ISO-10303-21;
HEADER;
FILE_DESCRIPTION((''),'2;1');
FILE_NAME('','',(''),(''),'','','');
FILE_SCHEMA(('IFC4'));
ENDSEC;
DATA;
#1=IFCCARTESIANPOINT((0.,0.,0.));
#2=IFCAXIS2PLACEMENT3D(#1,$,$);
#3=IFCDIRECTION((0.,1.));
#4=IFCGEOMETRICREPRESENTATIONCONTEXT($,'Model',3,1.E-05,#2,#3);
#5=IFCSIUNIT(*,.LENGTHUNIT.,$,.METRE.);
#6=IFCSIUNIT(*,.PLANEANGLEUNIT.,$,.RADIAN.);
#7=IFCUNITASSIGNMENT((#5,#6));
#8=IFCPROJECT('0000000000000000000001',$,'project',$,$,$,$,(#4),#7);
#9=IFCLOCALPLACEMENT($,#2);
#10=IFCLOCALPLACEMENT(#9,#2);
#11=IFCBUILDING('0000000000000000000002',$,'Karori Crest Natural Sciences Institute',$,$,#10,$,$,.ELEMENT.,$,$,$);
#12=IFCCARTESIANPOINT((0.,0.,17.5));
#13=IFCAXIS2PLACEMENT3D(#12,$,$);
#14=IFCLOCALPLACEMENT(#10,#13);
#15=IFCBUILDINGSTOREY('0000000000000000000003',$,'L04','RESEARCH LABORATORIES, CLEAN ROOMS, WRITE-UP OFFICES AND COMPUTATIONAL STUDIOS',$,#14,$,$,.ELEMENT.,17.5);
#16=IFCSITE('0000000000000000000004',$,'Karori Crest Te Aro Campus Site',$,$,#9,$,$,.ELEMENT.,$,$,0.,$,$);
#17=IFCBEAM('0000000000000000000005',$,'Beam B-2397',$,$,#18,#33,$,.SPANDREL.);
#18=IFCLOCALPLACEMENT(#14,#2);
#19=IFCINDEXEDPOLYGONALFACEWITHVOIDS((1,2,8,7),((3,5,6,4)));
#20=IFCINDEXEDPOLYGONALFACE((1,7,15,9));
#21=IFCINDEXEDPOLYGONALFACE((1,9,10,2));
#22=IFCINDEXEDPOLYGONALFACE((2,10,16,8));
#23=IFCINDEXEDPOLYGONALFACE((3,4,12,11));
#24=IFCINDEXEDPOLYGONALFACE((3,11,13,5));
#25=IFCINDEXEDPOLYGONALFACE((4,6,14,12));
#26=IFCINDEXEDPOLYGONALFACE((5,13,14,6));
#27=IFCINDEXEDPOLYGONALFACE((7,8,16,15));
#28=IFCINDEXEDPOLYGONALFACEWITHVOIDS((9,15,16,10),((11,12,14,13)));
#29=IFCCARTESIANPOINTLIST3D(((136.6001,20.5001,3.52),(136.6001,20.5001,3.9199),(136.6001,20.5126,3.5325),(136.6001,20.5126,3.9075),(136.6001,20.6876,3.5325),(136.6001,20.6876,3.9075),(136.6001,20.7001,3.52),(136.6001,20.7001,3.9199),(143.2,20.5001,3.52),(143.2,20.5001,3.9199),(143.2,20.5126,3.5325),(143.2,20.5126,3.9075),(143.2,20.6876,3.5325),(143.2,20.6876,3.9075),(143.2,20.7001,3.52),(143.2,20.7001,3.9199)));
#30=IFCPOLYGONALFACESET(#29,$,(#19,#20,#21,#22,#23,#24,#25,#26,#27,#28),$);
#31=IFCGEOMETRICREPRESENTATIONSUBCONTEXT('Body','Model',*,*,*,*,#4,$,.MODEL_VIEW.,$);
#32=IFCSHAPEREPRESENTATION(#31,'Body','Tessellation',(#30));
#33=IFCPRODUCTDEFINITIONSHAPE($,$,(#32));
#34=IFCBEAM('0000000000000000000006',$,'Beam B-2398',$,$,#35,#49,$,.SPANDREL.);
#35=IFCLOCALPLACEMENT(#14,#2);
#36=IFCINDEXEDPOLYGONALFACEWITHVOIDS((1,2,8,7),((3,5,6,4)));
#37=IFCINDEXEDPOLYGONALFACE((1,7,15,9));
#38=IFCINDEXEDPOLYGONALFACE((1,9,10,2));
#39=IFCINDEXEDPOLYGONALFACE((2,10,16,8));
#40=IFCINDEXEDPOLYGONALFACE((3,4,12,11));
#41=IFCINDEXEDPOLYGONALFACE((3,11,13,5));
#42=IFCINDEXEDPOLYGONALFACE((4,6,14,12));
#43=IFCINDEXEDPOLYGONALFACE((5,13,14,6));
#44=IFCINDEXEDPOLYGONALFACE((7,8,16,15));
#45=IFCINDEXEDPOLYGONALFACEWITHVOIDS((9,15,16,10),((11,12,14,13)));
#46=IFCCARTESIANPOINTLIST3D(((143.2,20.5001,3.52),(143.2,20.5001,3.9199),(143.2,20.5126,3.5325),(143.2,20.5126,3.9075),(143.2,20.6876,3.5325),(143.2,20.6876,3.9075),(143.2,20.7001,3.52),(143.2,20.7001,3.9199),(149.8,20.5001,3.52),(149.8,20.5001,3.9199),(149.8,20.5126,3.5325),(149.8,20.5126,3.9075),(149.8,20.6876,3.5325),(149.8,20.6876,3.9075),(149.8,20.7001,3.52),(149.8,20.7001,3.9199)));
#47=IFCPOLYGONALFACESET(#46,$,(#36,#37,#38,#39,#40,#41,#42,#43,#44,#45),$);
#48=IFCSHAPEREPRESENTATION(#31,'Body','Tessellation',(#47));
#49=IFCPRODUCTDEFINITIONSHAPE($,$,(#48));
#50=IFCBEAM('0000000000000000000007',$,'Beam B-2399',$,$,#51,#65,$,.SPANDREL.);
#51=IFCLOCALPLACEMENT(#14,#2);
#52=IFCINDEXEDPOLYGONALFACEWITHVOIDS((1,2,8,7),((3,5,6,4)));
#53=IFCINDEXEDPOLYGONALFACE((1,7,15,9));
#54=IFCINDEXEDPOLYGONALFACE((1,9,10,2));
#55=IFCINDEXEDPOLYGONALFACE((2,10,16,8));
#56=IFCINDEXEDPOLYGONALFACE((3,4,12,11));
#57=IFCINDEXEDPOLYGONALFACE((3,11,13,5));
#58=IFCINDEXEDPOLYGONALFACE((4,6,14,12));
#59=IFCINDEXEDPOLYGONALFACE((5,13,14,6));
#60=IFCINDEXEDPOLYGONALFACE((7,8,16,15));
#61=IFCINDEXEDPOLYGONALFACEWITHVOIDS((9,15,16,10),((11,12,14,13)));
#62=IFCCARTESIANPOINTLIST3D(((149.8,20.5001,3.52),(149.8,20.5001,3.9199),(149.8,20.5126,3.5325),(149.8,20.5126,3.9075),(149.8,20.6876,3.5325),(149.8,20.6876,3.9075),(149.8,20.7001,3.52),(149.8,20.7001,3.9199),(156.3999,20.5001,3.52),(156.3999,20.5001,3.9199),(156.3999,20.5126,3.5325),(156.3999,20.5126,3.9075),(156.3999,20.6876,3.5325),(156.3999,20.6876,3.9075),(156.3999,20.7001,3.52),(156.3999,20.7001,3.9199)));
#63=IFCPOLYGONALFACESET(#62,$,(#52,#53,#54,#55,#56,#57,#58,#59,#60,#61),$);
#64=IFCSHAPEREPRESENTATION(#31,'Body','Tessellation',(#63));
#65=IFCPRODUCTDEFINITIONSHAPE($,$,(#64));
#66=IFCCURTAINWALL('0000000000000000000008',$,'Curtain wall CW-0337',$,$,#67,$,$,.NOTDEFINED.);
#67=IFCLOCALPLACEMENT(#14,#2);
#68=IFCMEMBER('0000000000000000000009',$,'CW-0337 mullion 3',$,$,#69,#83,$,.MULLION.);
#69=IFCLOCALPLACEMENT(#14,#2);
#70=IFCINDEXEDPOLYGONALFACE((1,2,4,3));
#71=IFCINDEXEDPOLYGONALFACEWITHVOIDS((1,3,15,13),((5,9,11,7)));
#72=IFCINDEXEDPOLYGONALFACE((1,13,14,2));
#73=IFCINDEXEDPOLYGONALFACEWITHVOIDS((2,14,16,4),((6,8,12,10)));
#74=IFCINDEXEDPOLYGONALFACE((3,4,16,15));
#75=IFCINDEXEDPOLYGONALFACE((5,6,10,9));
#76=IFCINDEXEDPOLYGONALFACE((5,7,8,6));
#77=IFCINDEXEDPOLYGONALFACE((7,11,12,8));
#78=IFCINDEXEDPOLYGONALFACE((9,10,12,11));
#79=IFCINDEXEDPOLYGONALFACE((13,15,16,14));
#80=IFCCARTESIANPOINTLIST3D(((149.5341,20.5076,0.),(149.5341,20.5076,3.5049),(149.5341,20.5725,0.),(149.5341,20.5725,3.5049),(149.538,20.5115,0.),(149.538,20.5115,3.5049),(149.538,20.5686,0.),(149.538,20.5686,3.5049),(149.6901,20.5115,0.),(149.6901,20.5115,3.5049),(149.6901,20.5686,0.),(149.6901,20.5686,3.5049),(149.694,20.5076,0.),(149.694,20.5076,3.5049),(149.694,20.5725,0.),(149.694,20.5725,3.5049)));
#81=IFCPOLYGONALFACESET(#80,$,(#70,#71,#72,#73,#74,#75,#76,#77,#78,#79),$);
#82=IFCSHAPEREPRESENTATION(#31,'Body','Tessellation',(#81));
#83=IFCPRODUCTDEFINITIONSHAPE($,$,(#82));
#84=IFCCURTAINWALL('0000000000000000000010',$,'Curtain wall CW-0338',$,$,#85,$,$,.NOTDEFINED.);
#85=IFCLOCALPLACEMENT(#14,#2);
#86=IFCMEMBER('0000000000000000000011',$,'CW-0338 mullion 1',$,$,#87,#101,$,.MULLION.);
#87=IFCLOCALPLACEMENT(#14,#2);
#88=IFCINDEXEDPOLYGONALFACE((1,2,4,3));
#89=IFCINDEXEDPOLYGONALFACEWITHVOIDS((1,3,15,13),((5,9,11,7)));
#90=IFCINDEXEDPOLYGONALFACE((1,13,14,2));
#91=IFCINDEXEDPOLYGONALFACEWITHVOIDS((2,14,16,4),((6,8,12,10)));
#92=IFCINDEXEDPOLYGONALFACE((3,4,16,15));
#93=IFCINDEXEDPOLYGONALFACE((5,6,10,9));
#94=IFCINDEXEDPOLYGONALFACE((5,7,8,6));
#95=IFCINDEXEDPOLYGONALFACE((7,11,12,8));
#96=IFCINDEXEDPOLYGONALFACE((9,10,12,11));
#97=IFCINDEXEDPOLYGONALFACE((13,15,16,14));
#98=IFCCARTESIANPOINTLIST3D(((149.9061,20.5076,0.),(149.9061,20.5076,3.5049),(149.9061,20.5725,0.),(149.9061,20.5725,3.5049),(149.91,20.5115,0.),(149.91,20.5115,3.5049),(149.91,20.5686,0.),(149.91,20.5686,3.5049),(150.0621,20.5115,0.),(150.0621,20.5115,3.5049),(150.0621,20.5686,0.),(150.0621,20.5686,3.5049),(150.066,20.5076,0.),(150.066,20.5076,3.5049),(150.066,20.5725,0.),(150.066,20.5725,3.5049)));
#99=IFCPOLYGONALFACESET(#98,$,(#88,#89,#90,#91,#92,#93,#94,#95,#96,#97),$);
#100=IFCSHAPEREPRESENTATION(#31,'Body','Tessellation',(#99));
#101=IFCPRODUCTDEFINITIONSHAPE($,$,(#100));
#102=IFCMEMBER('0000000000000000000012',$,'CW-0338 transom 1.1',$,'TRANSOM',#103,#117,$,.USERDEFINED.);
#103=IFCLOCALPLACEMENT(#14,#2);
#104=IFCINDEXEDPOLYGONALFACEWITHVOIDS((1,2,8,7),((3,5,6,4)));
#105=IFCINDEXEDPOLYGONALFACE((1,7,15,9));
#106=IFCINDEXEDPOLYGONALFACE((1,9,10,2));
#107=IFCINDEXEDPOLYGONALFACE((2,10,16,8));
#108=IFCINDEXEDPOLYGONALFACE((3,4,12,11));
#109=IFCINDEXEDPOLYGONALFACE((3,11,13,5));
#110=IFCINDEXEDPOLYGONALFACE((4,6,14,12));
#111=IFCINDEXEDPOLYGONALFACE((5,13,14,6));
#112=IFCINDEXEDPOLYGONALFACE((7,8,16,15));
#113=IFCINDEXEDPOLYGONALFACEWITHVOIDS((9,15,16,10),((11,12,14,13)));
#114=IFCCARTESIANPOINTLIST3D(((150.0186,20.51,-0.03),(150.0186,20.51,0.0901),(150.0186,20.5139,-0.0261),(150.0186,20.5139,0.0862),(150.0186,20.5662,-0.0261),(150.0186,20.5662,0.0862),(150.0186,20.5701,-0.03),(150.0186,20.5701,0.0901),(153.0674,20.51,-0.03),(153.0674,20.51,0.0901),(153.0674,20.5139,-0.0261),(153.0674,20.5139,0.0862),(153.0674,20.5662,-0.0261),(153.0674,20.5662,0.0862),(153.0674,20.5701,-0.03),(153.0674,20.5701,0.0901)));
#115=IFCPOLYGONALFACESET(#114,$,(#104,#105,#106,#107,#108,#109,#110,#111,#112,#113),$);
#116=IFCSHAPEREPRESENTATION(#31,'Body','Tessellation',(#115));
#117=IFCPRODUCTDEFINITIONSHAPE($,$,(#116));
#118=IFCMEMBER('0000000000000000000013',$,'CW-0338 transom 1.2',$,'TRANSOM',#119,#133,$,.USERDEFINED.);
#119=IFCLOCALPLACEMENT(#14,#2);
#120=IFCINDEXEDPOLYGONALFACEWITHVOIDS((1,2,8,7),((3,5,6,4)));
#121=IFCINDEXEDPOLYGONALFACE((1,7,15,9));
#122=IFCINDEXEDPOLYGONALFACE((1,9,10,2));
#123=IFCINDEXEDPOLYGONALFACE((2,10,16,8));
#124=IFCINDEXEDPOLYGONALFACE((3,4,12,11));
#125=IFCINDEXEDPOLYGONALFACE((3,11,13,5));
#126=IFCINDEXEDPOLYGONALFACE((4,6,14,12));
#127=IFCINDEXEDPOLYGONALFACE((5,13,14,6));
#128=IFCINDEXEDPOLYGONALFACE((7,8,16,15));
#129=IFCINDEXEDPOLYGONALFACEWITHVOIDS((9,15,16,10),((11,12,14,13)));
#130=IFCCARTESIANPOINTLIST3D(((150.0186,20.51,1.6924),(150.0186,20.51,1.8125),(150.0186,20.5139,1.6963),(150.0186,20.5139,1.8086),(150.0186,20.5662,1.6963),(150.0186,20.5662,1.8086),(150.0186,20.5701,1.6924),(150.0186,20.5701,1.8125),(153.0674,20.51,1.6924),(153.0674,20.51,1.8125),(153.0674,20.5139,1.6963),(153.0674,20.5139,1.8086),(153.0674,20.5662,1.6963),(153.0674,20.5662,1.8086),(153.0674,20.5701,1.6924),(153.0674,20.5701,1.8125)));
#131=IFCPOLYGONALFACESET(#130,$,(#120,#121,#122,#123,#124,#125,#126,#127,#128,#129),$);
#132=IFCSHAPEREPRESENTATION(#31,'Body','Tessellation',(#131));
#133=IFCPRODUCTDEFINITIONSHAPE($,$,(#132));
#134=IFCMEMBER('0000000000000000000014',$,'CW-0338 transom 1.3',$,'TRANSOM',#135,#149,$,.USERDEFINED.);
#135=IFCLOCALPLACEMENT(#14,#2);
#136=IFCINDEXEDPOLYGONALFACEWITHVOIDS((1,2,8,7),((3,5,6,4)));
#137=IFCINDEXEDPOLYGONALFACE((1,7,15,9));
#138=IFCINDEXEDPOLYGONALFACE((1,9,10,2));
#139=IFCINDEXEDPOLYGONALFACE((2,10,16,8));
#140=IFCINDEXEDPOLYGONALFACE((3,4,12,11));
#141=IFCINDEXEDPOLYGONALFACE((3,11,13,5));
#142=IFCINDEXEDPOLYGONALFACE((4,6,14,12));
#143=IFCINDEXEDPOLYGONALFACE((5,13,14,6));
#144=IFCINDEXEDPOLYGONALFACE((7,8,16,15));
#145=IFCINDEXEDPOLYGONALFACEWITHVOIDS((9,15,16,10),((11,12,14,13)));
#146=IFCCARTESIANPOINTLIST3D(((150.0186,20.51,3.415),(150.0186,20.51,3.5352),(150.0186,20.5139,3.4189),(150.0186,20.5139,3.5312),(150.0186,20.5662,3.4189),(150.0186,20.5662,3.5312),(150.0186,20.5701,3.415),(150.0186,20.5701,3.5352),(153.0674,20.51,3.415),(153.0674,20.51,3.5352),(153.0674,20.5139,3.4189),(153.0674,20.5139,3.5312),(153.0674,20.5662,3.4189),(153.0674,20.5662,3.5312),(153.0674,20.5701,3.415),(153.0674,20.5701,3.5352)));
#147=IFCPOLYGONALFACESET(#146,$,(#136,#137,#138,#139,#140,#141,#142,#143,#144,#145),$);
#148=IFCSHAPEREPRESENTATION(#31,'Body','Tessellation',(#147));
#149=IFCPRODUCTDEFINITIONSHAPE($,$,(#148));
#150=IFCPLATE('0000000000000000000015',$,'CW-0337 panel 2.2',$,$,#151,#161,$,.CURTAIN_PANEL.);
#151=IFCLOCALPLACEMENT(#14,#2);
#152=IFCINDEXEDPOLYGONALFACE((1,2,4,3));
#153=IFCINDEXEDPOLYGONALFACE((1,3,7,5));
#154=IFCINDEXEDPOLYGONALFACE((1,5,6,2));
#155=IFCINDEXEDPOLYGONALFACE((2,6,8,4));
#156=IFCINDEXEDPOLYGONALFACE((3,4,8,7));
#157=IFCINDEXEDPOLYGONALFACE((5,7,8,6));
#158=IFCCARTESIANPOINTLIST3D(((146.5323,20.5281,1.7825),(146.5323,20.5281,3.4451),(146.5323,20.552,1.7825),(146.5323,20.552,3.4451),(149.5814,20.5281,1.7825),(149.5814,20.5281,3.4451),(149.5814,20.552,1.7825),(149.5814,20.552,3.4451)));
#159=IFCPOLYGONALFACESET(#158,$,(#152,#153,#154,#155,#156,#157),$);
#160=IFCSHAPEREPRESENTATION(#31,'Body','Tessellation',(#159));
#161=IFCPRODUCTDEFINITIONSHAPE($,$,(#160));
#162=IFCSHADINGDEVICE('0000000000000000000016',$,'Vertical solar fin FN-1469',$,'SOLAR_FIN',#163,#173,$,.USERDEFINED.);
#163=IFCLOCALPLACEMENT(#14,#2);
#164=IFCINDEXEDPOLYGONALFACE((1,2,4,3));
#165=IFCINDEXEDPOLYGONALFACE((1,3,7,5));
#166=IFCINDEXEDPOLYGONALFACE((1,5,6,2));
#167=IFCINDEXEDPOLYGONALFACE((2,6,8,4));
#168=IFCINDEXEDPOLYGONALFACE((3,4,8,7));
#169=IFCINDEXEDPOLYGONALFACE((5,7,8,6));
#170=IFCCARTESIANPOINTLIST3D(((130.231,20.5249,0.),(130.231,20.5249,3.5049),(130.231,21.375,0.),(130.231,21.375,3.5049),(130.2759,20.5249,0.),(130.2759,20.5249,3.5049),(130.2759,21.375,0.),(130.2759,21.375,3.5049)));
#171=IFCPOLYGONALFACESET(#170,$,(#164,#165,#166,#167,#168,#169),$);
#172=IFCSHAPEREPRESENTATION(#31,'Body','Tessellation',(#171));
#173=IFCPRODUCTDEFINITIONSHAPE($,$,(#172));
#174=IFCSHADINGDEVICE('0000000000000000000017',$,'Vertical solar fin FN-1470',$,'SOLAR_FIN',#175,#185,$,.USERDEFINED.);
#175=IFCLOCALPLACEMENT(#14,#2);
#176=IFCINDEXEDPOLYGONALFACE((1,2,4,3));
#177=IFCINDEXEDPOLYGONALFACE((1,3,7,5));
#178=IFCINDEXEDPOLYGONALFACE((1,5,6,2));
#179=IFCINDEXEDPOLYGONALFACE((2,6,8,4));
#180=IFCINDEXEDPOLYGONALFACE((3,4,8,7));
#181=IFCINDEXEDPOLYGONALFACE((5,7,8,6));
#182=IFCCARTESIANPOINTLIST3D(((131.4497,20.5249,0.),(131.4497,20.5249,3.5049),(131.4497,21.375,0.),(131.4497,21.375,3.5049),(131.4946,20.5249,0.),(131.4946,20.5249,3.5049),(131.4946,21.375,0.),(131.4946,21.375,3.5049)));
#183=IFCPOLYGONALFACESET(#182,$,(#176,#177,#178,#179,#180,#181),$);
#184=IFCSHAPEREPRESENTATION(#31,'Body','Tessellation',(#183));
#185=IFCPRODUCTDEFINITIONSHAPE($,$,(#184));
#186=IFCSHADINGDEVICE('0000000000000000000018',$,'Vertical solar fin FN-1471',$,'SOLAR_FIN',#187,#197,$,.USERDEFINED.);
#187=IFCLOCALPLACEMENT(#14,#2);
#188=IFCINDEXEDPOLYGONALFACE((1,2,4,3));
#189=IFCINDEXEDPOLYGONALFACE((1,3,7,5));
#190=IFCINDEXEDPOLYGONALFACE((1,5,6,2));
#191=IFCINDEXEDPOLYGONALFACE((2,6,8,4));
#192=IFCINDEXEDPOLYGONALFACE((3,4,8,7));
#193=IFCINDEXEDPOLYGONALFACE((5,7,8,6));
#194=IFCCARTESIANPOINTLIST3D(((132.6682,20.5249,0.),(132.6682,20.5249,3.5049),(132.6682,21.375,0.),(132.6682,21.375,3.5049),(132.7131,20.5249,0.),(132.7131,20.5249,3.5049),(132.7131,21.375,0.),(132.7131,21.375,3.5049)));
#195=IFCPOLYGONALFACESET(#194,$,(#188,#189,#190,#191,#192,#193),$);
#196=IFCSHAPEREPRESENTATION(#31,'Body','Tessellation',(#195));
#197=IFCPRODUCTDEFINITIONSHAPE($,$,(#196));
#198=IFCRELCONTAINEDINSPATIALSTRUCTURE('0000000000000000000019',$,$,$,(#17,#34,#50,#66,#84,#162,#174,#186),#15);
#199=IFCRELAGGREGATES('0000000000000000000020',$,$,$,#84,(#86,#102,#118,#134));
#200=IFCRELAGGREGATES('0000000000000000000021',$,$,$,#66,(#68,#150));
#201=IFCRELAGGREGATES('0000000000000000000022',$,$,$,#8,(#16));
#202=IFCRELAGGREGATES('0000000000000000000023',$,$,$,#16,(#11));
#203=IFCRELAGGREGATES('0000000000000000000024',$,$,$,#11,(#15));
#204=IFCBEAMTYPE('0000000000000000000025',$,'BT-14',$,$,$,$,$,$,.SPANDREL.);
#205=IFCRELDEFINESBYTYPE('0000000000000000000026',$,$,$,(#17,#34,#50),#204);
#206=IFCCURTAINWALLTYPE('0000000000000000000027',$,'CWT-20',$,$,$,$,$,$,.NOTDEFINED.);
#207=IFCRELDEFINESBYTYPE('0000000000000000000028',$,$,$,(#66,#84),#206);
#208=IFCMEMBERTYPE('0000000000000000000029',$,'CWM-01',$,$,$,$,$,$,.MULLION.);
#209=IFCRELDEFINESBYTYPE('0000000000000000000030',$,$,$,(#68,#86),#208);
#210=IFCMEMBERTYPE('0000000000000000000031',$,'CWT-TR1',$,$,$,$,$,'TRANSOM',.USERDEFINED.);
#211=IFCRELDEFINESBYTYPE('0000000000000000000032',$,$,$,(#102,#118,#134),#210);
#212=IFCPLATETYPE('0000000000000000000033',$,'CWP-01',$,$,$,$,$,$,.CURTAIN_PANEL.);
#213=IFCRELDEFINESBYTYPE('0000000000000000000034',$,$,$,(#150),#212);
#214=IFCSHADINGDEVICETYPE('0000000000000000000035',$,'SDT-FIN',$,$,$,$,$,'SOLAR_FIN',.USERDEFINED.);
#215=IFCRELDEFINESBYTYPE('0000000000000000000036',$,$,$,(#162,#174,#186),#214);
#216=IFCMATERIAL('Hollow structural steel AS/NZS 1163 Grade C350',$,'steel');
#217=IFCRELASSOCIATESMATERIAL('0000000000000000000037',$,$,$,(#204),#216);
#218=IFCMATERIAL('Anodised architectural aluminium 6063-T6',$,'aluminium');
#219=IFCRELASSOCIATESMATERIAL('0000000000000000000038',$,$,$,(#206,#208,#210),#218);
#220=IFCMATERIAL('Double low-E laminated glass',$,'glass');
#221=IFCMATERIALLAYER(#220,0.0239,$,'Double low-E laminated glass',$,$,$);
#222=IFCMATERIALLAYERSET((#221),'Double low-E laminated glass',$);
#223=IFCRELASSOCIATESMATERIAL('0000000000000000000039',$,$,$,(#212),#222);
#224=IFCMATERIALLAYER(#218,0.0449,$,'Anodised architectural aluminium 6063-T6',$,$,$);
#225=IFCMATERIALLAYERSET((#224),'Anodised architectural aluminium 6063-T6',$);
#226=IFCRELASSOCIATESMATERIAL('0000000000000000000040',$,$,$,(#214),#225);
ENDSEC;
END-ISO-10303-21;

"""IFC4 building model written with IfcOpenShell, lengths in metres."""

from ifc_helpers import new_model, si_unit, direction, frame, origin, origin_2d, place, context, subcontext, project, spatial, rectangle, hollow_rectangle, extrude, material, layer, layer_set, material_profile, profile_set, type_object, element, aggregate, save


model = new_model("IFC4")

# Units and contexts
model_context = context("Model", 3, precision=1e-05, world=origin(), true_north=direction((0.0, 1.0)))
body_context = subcontext(model_context, "Body", "Model", "MODEL_VIEW")
ifc_project = project(units=[si_unit("LENGTHUNIT", "METRE"), si_unit("PLANEANGLEUNIT", "RADIAN")], contexts=[model_context])

# Site, building, storey
site_placement = place(None, origin())
site = spatial("IfcSite", under=ifc_project, at=site_placement, Name="Karori Crest Te Aro Campus Site", CompositionType="ELEMENT", RefElevation=0.0)
building_placement = place(site_placement, origin())
building = spatial("IfcBuilding", under=site, at=building_placement, Name="Karori Crest Natural Sciences Institute", CompositionType="ELEMENT")
storey_placement = place(building_placement, frame((0.0, 0.0, 17.5)))
storey = spatial("IfcBuildingStorey", under=building, at=storey_placement, Name="L04", Description="RESEARCH LABORATORIES, CLEAN ROOMS, WRITE-UP OFFICES AND COMPUTATIONAL STUDIOS", CompositionType="ELEMENT", Elevation=17.5)

# Beams
ifc_material_1 = material(Name="Hollow structural steel AS/NZS 1163 Grade C350", Category="steel")
ifc_material_profile_1 = material_profile(ifc_material_1, hollow_rectangle(XDim=0.2, YDim=0.3999, WallThickness=0.0125, at=origin_2d()), Name="RHS400x200x12.5")
ifc_profile_set_1 = profile_set([ifc_material_profile_1], Name="Hollow structural steel AS/NZS 1163 Grade C350")
beam_type = type_object("IfcBeamType", Name="BT-14", PredefinedType="SPANDREL", material=ifc_profile_set_1)
beam_1_placement = place(storey_placement, frame((136.6001, 20.6001, 3.72), z_axis=(1.0, 0.0, 0.0), x_axis=(0.0, 1.0, 0.0)))
element("IfcBeam", 1, at=beam_1_placement, inside=storey, type_object=beam_type, Name="Beam B-2397", PredefinedType="SPANDREL", context=body_context, shape_type="SweptSolid", body=[
    extrude(hollow_rectangle(XDim=0.2, YDim=0.3999, WallThickness=0.0125, at=origin_2d()), origin(), (0.0, 0.0, 1.0), 6.5999),
])
beam_2_placement = place(storey_placement, frame((143.2, 20.6001, 3.72), z_axis=(1.0, 0.0, 0.0), x_axis=(0.0, 1.0, 0.0)))
element("IfcBeam", 2, at=beam_2_placement, inside=storey, type_object=beam_type, Name="Beam B-2398", PredefinedType="SPANDREL", context=body_context, shape_type="SweptSolid", body=[
    extrude(hollow_rectangle(XDim=0.2, YDim=0.3999, WallThickness=0.0125, at=origin_2d()), origin(), (0.0, 0.0, 1.0), 6.6001),
])
beam_3_placement = place(storey_placement, frame((149.8, 20.6001, 3.72), z_axis=(1.0, 0.0, 0.0), x_axis=(0.0, 1.0, 0.0)))
element("IfcBeam", 3, at=beam_3_placement, inside=storey, type_object=beam_type, Name="Beam B-2399", PredefinedType="SPANDREL", context=body_context, shape_type="SweptSolid", body=[
    extrude(hollow_rectangle(XDim=0.2, YDim=0.3999, WallThickness=0.0125, at=origin_2d()), origin(), (0.0, 0.0, 1.0), 6.5999),
])

# Curtain wall, member
ifc_material_2 = material(Name="Anodised architectural aluminium 6063-T6", Category="aluminium")
curtain_wall_type = type_object("IfcCurtainWallType", Name="CWT-20", PredefinedType="NOTDEFINED", material=ifc_material_2)
curtain_wall_1_placement = place(storey_placement, origin())
curtain_wall_1 = element("IfcCurtainWall", 4, at=curtain_wall_1_placement, inside=storey, type_object=curtain_wall_type, Name="Curtain wall CW-0337", PredefinedType="NOTDEFINED")
ifc_material_profile_2 = material_profile(ifc_material_2, hollow_rectangle(XDim=0.0649, YDim=0.1599, WallThickness=0.0039, at=origin_2d()), Name="CWM160x65x4")
ifc_profile_set_2 = profile_set([ifc_material_profile_2], Name="Anodised architectural aluminium 6063-T6")
member_type_1 = type_object("IfcMemberType", Name="CWM-01", PredefinedType="MULLION", material=ifc_profile_set_2)
member_1_placement = place(storey_placement, frame((149.614, 20.54, 0.0), z_axis=(0.0, 0.0, 1.0), x_axis=(0.0, 1.0, 0.0)))
member_1 = element("IfcMember", 5, at=member_1_placement, type_object=member_type_1, Name="CW-0337 mullion 3", PredefinedType="MULLION", context=body_context, shape_type="SweptSolid", body=[
    extrude(hollow_rectangle(XDim=0.0649, YDim=0.1599, WallThickness=0.0039, at=origin_2d()), origin(), (0.0, 0.0, 1.0), 3.5049),
])

# Curtain wall, members
curtain_wall_2_placement = place(storey_placement, origin())
curtain_wall_2 = element("IfcCurtainWall", 6, at=curtain_wall_2_placement, inside=storey, type_object=curtain_wall_type, Name="Curtain wall CW-0338", PredefinedType="NOTDEFINED")
member_2_placement = place(storey_placement, frame((149.9861, 20.54, 0.0), z_axis=(0.0, 0.0, 1.0), x_axis=(0.0, 1.0, 0.0)))
member_2 = element("IfcMember", 7, at=member_2_placement, type_object=member_type_1, Name="CW-0338 mullion 1", PredefinedType="MULLION", context=body_context, shape_type="SweptSolid", body=[
    extrude(hollow_rectangle(XDim=0.0649, YDim=0.1599, WallThickness=0.0039, at=origin_2d()), origin(), (0.0, 0.0, 1.0), 3.5049),
])
ifc_material_profile_3 = material_profile(ifc_material_2, hollow_rectangle(XDim=0.0601, YDim=0.1201, WallThickness=0.0039, at=origin_2d()), Name="CWT120x60x4")
ifc_profile_set_3 = profile_set([ifc_material_profile_3], Name="Anodised architectural aluminium 6063-T6")
member_type_2 = type_object("IfcMemberType", Name="CWT-TR1", ElementType="TRANSOM", PredefinedType="USERDEFINED", material=ifc_profile_set_3)
member_3_placement = place(storey_placement, frame((150.0186, 20.54, 0.03), z_axis=(1.0, 0.0, 0.0), x_axis=(0.0, 1.0, 0.0)))
member_3 = element("IfcMember", 8, at=member_3_placement, type_object=member_type_2, Name="CW-0338 transom 1.1", ObjectType="TRANSOM", PredefinedType="USERDEFINED", context=body_context, shape_type="SweptSolid", body=[
    extrude(hollow_rectangle(XDim=0.0601, YDim=0.1201, WallThickness=0.0039, at=origin_2d()), origin(), (0.0, 0.0, 1.0), 3.0488),
])
member_4_placement = place(storey_placement, frame((150.0186, 20.54, 1.7524), z_axis=(1.0, 0.0, 0.0), x_axis=(0.0, 1.0, 0.0)))
member_4 = element("IfcMember", 9, at=member_4_placement, type_object=member_type_2, Name="CW-0338 transom 1.2", ObjectType="TRANSOM", PredefinedType="USERDEFINED", context=body_context, shape_type="SweptSolid", body=[
    extrude(hollow_rectangle(XDim=0.0601, YDim=0.1201, WallThickness=0.0039, at=origin_2d()), origin(), (0.0, 0.0, 1.0), 3.0488),
])
member_5_placement = place(storey_placement, frame((150.0186, 20.54, 3.4751), z_axis=(1.0, 0.0, 0.0), x_axis=(0.0, 1.0, 0.0)))
member_5 = element("IfcMember", 10, at=member_5_placement, type_object=member_type_2, Name="CW-0338 transom 1.3", ObjectType="TRANSOM", PredefinedType="USERDEFINED", context=body_context, shape_type="SweptSolid", body=[
    extrude(hollow_rectangle(XDim=0.0601, YDim=0.1201, WallThickness=0.0039, at=origin_2d()), origin(), (0.0, 0.0, 1.0), 3.0488),
])
aggregate(curtain_wall_2, [member_2, member_3, member_4, member_5])

# Plate
ifc_material_3 = material(Name="Double low-E laminated glass", Category="glass")
ifc_layer_1 = layer(ifc_material_3, 0.0239, Name="Double low-E laminated glass")
ifc_layer_set_1 = layer_set([ifc_layer_1], Name="Double low-E laminated glass")
plate_type = type_object("IfcPlateType", Name="CWP-01", PredefinedType="CURTAIN_PANEL", material=ifc_layer_set_1)
plate_placement = place(storey_placement, frame((148.0569, 20.54, 1.7825), z_axis=(0.0, 0.0, 1.0), x_axis=(1.0, 0.0, 0.0)))
plate = element("IfcPlate", 11, at=plate_placement, type_object=plate_type, Name="CW-0337 panel 2.2", PredefinedType="CURTAIN_PANEL", context=body_context, shape_type="SweptSolid", body=[
    extrude(rectangle(XDim=3.0491, YDim=0.0239, at=origin_2d()), origin(), (0.0, 0.0, 1.0), 1.6626),
])
aggregate(curtain_wall_1, [member_1, plate])

# Shading devices
ifc_layer_2 = layer(ifc_material_2, 0.0449, Name="Anodised architectural aluminium 6063-T6")
ifc_layer_set_2 = layer_set([ifc_layer_2], Name="Anodised architectural aluminium 6063-T6")
shading_device_type = type_object("IfcShadingDeviceType", Name="SDT-FIN", ElementType="SOLAR_FIN", PredefinedType="USERDEFINED", material=ifc_layer_set_2)
for number, where, z_axis, x_axis, name in (
    (12, (130.2534, 20.95, 0.0), (0.0, 0.0, 1.0), (0.0, 1.0, 0.0), "Vertical solar fin FN-1469"),
    (13, (131.4722, 20.95, 0.0), (0.0, 0.0, 1.0), (0.0, 1.0, 0.0), "Vertical solar fin FN-1470"),
    (14, (132.6907, 20.95, 0.0), (0.0, 0.0, 1.0), (0.0, 1.0, 0.0), "Vertical solar fin FN-1471"),
):
    element("IfcShadingDevice", number, at=place(storey_placement, frame(where, z_axis=z_axis, x_axis=x_axis)), inside=storey, type_object=shading_device_type, Name=name, ObjectType="SOLAR_FIN", PredefinedType="USERDEFINED", context=body_context, shape_type="SweptSolid", body=[
        extrude(rectangle(XDim=0.8501, YDim=0.0449, at=origin_2d()), origin(), (0.0, 0.0, 1.0), 3.5049),
    ])

save(model, "model.ifc")
